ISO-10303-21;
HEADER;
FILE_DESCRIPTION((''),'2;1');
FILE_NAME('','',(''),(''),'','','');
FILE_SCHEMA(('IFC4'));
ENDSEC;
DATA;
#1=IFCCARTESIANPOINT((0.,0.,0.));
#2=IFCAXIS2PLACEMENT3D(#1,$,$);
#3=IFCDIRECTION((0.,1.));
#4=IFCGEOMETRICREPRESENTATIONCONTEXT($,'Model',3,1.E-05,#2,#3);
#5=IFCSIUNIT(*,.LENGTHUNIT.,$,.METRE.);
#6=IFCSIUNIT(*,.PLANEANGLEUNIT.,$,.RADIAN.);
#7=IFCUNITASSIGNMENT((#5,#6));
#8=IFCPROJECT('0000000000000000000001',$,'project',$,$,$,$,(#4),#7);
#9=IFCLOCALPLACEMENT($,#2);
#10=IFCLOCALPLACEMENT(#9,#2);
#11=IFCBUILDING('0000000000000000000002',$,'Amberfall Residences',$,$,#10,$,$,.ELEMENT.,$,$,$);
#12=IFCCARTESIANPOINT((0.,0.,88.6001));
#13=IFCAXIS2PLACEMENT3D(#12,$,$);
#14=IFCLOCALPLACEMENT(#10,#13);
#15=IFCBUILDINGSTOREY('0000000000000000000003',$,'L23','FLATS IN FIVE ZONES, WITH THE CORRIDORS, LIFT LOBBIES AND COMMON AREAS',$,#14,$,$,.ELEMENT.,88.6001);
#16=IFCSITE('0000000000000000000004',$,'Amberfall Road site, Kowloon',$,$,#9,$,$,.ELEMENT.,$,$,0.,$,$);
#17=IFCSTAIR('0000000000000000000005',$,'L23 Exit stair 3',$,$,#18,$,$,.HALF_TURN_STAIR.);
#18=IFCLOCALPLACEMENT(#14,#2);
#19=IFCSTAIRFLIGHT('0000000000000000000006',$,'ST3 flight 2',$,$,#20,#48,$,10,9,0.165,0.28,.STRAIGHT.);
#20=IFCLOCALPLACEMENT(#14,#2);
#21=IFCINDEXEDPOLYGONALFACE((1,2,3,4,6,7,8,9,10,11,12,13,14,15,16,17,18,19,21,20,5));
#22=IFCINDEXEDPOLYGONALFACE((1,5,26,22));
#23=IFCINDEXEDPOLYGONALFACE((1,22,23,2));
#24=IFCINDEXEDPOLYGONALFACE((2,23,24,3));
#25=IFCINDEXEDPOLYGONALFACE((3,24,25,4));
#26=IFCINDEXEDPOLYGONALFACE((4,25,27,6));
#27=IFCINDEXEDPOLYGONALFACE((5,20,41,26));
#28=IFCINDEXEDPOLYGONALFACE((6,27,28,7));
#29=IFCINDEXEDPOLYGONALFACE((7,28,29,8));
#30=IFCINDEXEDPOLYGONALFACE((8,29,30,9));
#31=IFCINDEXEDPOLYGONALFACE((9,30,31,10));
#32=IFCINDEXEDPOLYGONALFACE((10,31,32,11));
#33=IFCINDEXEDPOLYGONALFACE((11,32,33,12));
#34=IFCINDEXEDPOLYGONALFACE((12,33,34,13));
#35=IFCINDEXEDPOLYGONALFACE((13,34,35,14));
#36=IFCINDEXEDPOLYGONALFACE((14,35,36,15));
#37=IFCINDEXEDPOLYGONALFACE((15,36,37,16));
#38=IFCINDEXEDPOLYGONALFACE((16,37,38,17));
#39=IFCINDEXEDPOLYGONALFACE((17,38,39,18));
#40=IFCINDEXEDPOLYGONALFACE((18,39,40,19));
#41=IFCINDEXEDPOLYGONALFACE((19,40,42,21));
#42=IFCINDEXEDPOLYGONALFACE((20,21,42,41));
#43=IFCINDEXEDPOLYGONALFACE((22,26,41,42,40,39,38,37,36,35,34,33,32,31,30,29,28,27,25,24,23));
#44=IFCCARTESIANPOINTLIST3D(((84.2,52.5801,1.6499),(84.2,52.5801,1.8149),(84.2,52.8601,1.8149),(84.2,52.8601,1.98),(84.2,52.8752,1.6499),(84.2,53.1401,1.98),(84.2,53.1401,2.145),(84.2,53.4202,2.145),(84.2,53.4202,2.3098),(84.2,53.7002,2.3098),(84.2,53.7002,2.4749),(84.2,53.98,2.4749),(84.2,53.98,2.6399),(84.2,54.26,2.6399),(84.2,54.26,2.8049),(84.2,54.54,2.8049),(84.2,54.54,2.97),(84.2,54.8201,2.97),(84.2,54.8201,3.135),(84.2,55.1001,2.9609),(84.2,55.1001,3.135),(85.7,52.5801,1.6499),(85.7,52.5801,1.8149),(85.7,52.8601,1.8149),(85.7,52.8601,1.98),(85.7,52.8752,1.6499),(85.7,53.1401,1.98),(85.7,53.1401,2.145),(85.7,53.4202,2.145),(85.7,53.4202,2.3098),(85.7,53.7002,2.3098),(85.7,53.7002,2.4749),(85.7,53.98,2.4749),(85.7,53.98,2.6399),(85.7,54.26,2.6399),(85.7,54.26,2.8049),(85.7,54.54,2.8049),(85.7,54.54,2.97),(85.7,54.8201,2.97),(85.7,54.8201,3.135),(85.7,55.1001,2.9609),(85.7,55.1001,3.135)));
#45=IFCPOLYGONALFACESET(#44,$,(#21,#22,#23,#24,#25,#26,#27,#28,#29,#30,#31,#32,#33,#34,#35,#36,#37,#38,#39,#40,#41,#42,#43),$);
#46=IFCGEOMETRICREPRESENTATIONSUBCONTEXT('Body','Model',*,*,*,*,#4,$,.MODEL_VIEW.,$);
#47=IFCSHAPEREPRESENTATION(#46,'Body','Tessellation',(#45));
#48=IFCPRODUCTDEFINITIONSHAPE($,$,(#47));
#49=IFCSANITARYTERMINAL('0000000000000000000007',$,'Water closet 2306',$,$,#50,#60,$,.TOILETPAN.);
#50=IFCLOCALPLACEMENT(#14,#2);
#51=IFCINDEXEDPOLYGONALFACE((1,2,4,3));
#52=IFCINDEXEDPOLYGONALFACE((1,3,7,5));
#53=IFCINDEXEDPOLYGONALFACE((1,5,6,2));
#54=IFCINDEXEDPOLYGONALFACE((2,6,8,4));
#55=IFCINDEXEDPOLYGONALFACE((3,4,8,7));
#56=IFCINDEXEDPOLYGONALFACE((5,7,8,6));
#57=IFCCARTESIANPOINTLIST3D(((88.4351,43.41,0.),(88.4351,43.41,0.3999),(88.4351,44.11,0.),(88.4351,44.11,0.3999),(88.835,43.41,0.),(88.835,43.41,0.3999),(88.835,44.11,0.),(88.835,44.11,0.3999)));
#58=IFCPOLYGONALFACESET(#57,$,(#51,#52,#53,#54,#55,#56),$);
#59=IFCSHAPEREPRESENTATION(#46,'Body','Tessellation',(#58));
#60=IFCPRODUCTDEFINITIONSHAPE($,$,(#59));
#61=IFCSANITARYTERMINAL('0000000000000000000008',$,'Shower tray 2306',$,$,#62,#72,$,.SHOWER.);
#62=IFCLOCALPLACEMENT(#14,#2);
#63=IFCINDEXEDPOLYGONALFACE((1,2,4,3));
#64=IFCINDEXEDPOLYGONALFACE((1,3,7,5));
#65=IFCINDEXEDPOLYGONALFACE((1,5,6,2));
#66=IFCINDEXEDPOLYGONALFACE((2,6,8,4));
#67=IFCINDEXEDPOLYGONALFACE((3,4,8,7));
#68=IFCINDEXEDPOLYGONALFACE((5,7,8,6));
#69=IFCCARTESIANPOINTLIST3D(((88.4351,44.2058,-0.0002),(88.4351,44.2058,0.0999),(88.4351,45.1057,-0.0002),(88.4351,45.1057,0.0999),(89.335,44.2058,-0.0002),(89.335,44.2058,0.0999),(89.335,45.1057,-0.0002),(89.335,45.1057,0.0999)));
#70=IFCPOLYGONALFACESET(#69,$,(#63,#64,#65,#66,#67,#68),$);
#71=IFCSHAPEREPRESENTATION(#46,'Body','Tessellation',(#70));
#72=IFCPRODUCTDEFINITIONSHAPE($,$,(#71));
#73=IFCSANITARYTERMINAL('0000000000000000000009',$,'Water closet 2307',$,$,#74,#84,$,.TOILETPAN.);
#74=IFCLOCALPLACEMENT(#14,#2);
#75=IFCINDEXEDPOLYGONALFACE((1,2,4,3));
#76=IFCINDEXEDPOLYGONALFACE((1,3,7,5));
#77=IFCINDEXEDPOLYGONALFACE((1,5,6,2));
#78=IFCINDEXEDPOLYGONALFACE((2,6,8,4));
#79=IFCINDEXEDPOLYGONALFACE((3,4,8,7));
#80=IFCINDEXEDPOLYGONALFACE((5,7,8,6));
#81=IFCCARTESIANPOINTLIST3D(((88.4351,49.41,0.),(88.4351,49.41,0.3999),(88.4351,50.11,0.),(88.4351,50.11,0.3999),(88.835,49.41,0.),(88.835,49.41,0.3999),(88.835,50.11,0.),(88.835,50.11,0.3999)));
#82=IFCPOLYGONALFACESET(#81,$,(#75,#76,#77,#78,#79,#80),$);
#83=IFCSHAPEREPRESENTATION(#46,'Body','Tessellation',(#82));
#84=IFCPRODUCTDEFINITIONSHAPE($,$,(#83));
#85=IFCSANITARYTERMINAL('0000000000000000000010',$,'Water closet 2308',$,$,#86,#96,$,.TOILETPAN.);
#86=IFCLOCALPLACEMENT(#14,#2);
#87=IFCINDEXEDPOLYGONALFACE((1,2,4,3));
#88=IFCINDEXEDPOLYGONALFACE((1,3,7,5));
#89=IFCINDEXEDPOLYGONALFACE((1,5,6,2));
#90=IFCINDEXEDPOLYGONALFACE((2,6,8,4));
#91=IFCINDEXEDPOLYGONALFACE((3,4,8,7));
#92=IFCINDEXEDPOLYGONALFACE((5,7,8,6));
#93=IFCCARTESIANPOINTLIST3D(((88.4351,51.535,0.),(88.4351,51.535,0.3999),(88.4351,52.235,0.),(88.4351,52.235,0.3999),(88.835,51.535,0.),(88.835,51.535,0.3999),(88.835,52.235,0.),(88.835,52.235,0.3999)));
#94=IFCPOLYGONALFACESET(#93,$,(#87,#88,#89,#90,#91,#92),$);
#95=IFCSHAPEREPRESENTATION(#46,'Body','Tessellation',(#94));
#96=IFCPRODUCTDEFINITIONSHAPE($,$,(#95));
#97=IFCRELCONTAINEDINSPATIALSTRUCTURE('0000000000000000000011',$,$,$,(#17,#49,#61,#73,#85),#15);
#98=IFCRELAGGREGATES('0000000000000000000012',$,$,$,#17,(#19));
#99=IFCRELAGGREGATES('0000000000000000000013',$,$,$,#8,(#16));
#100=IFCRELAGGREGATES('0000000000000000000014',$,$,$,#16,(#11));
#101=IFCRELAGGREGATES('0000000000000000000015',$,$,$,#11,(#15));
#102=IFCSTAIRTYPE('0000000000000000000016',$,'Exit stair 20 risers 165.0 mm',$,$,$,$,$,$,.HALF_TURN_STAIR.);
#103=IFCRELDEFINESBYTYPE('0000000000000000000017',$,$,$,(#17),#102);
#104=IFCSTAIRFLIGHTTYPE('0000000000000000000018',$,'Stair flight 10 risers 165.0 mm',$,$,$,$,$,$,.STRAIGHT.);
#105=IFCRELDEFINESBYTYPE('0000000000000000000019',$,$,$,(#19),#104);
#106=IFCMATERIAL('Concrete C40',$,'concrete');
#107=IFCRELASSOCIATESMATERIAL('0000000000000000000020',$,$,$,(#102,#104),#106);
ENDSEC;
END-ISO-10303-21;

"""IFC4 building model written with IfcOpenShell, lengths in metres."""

from ifc_helpers import new_model, si_unit, direction, frame, origin, origin_2d, place, context, subcontext, project, spatial, polyline, rectangle, outline, extrude, material, type_object, element, aggregate, save


model = new_model("IFC4")

# Units and contexts
model_context = context("Model", 3, precision=1e-05, world=origin(), true_north=direction((0.0, 1.0)))
body_context = subcontext(model_context, "Body", "Model", "MODEL_VIEW")
ifc_project = project(units=[si_unit("LENGTHUNIT", "METRE"), si_unit("PLANEANGLEUNIT", "RADIAN")], contexts=[model_context])

# Site, building, storey
site_placement = place(None, origin())
site = spatial("IfcSite", under=ifc_project, at=site_placement, Name="Amberfall Road site, Kowloon", CompositionType="ELEMENT", RefElevation=0.0)
building_placement = place(site_placement, origin())
building = spatial("IfcBuilding", under=site, at=building_placement, Name="Amberfall Residences", CompositionType="ELEMENT")
storey_placement = place(building_placement, frame((0.0, 0.0, 88.6001)))
storey = spatial("IfcBuildingStorey", under=building, at=storey_placement, Name="L23", Description="FLATS IN FIVE ZONES, WITH THE CORRIDORS, LIFT LOBBIES AND COMMON AREAS", CompositionType="ELEMENT", Elevation=88.6001)

# Stair, stair flight
ifc_material_1 = material(Name="Concrete C40", Category="concrete")
stair_type = type_object("IfcStairType", Name="Exit stair 20 risers 165.0 mm", PredefinedType="HALF_TURN_STAIR", material=ifc_material_1)
stair_placement = place(storey_placement, origin())
stair = element("IfcStair", 1, at=stair_placement, inside=storey, type_object=stair_type, Name="L23 Exit stair 3", PredefinedType="HALF_TURN_STAIR")
stair_flight_type = type_object("IfcStairFlightType", Name="Stair flight 10 risers 165.0 mm", PredefinedType="STRAIGHT", material=ifc_material_1)
stair_flight_1_placement = place(storey_placement, frame((84.95, 52.5801, 1.6499), z_axis=(0.0, 0.0, 1.0), x_axis=(0.0, 1.0, 0.0)))
stair_flight_1 = element("IfcStairFlight", 2, at=stair_flight_1_placement, type_object=stair_flight_type, Name="ST3 flight 2", NumberOfRisers=10, NumberOfTreads=9, PredefinedType="STRAIGHT", RiserHeight=0.165, TreadLength=0.28, context=body_context, shape_type="SweptSolid", body=[
    extrude(outline(polyline([(0.0, 0.0), (0.0, 0.165), (0.28, 0.165), (0.28, 0.3301), (0.5601, 0.3301), (0.5601, 0.4951), (0.8401, 0.4951), (0.8401, 0.6599), (1.1201, 0.6599), (1.1201, 0.825), (1.3999, 0.825), (1.3999, 0.99), (1.6799, 0.99), (1.6799, 1.155), (1.96, 1.155), (1.96, 1.3201), (2.24, 1.3201), (2.24, 1.4851), (2.52, 1.4851), (2.52, 1.6499), (2.52, 1.311), (0.2952, 0.0), (0.0, 0.0)])), frame((0.0, 0.75, 0.0), z_axis=(0.0, -1.0, 0.0), x_axis=(1.0, 0.0, 0.0)), (0.0, 0.0, 1.0), 1.5),
])
aggregate(stair, [stair_flight_1])

# Sanitary terminals
sanitary_terminal_1_placement = place(storey_placement, frame((88.635, 43.76, 0.0), z_axis=(0.0, 0.0, 1.0), x_axis=(1.0, 0.0, 0.0)))
element("IfcSanitaryTerminal", 3, at=sanitary_terminal_1_placement, inside=storey, Name="Water closet 2306", PredefinedType="TOILETPAN", context=body_context, shape_type="SweptSolid", body=[
    extrude(rectangle(XDim=0.3999, YDim=0.7, at=origin_2d()), origin(), (0.0, 0.0, 1.0), 0.3999),
])
sanitary_terminal_2_placement = place(storey_placement, frame((88.885, 44.6558, -0.0002), z_axis=(0.0, 0.0, 1.0), x_axis=(1.0, 0.0, 0.0)))
element("IfcSanitaryTerminal", 4, at=sanitary_terminal_2_placement, inside=storey, Name="Shower tray 2306", PredefinedType="SHOWER", context=body_context, shape_type="SweptSolid", body=[
    extrude(rectangle(XDim=0.8999, YDim=0.8999, at=origin_2d()), origin(), (0.0, 0.0, 1.0), 0.1001),
])
for number, where, z_axis, x_axis, name in (
    (5, (88.635, 49.76, 0.0), (0.0, 0.0, 1.0), (1.0, 0.0, 0.0), "Water closet 2307"),
    (6, (88.635, 51.885, 0.0), (0.0, 0.0, 1.0), (1.0, 0.0, 0.0), "Water closet 2308"),
):
    element("IfcSanitaryTerminal", number, at=place(storey_placement, frame(where, z_axis=z_axis, x_axis=x_axis)), inside=storey, Name=name, PredefinedType="TOILETPAN", context=body_context, shape_type="SweptSolid", body=[
        extrude(rectangle(XDim=0.3999, YDim=0.7, at=origin_2d()), origin(), (0.0, 0.0, 1.0), 0.3999),
    ])

save(model, "model.ifc")
